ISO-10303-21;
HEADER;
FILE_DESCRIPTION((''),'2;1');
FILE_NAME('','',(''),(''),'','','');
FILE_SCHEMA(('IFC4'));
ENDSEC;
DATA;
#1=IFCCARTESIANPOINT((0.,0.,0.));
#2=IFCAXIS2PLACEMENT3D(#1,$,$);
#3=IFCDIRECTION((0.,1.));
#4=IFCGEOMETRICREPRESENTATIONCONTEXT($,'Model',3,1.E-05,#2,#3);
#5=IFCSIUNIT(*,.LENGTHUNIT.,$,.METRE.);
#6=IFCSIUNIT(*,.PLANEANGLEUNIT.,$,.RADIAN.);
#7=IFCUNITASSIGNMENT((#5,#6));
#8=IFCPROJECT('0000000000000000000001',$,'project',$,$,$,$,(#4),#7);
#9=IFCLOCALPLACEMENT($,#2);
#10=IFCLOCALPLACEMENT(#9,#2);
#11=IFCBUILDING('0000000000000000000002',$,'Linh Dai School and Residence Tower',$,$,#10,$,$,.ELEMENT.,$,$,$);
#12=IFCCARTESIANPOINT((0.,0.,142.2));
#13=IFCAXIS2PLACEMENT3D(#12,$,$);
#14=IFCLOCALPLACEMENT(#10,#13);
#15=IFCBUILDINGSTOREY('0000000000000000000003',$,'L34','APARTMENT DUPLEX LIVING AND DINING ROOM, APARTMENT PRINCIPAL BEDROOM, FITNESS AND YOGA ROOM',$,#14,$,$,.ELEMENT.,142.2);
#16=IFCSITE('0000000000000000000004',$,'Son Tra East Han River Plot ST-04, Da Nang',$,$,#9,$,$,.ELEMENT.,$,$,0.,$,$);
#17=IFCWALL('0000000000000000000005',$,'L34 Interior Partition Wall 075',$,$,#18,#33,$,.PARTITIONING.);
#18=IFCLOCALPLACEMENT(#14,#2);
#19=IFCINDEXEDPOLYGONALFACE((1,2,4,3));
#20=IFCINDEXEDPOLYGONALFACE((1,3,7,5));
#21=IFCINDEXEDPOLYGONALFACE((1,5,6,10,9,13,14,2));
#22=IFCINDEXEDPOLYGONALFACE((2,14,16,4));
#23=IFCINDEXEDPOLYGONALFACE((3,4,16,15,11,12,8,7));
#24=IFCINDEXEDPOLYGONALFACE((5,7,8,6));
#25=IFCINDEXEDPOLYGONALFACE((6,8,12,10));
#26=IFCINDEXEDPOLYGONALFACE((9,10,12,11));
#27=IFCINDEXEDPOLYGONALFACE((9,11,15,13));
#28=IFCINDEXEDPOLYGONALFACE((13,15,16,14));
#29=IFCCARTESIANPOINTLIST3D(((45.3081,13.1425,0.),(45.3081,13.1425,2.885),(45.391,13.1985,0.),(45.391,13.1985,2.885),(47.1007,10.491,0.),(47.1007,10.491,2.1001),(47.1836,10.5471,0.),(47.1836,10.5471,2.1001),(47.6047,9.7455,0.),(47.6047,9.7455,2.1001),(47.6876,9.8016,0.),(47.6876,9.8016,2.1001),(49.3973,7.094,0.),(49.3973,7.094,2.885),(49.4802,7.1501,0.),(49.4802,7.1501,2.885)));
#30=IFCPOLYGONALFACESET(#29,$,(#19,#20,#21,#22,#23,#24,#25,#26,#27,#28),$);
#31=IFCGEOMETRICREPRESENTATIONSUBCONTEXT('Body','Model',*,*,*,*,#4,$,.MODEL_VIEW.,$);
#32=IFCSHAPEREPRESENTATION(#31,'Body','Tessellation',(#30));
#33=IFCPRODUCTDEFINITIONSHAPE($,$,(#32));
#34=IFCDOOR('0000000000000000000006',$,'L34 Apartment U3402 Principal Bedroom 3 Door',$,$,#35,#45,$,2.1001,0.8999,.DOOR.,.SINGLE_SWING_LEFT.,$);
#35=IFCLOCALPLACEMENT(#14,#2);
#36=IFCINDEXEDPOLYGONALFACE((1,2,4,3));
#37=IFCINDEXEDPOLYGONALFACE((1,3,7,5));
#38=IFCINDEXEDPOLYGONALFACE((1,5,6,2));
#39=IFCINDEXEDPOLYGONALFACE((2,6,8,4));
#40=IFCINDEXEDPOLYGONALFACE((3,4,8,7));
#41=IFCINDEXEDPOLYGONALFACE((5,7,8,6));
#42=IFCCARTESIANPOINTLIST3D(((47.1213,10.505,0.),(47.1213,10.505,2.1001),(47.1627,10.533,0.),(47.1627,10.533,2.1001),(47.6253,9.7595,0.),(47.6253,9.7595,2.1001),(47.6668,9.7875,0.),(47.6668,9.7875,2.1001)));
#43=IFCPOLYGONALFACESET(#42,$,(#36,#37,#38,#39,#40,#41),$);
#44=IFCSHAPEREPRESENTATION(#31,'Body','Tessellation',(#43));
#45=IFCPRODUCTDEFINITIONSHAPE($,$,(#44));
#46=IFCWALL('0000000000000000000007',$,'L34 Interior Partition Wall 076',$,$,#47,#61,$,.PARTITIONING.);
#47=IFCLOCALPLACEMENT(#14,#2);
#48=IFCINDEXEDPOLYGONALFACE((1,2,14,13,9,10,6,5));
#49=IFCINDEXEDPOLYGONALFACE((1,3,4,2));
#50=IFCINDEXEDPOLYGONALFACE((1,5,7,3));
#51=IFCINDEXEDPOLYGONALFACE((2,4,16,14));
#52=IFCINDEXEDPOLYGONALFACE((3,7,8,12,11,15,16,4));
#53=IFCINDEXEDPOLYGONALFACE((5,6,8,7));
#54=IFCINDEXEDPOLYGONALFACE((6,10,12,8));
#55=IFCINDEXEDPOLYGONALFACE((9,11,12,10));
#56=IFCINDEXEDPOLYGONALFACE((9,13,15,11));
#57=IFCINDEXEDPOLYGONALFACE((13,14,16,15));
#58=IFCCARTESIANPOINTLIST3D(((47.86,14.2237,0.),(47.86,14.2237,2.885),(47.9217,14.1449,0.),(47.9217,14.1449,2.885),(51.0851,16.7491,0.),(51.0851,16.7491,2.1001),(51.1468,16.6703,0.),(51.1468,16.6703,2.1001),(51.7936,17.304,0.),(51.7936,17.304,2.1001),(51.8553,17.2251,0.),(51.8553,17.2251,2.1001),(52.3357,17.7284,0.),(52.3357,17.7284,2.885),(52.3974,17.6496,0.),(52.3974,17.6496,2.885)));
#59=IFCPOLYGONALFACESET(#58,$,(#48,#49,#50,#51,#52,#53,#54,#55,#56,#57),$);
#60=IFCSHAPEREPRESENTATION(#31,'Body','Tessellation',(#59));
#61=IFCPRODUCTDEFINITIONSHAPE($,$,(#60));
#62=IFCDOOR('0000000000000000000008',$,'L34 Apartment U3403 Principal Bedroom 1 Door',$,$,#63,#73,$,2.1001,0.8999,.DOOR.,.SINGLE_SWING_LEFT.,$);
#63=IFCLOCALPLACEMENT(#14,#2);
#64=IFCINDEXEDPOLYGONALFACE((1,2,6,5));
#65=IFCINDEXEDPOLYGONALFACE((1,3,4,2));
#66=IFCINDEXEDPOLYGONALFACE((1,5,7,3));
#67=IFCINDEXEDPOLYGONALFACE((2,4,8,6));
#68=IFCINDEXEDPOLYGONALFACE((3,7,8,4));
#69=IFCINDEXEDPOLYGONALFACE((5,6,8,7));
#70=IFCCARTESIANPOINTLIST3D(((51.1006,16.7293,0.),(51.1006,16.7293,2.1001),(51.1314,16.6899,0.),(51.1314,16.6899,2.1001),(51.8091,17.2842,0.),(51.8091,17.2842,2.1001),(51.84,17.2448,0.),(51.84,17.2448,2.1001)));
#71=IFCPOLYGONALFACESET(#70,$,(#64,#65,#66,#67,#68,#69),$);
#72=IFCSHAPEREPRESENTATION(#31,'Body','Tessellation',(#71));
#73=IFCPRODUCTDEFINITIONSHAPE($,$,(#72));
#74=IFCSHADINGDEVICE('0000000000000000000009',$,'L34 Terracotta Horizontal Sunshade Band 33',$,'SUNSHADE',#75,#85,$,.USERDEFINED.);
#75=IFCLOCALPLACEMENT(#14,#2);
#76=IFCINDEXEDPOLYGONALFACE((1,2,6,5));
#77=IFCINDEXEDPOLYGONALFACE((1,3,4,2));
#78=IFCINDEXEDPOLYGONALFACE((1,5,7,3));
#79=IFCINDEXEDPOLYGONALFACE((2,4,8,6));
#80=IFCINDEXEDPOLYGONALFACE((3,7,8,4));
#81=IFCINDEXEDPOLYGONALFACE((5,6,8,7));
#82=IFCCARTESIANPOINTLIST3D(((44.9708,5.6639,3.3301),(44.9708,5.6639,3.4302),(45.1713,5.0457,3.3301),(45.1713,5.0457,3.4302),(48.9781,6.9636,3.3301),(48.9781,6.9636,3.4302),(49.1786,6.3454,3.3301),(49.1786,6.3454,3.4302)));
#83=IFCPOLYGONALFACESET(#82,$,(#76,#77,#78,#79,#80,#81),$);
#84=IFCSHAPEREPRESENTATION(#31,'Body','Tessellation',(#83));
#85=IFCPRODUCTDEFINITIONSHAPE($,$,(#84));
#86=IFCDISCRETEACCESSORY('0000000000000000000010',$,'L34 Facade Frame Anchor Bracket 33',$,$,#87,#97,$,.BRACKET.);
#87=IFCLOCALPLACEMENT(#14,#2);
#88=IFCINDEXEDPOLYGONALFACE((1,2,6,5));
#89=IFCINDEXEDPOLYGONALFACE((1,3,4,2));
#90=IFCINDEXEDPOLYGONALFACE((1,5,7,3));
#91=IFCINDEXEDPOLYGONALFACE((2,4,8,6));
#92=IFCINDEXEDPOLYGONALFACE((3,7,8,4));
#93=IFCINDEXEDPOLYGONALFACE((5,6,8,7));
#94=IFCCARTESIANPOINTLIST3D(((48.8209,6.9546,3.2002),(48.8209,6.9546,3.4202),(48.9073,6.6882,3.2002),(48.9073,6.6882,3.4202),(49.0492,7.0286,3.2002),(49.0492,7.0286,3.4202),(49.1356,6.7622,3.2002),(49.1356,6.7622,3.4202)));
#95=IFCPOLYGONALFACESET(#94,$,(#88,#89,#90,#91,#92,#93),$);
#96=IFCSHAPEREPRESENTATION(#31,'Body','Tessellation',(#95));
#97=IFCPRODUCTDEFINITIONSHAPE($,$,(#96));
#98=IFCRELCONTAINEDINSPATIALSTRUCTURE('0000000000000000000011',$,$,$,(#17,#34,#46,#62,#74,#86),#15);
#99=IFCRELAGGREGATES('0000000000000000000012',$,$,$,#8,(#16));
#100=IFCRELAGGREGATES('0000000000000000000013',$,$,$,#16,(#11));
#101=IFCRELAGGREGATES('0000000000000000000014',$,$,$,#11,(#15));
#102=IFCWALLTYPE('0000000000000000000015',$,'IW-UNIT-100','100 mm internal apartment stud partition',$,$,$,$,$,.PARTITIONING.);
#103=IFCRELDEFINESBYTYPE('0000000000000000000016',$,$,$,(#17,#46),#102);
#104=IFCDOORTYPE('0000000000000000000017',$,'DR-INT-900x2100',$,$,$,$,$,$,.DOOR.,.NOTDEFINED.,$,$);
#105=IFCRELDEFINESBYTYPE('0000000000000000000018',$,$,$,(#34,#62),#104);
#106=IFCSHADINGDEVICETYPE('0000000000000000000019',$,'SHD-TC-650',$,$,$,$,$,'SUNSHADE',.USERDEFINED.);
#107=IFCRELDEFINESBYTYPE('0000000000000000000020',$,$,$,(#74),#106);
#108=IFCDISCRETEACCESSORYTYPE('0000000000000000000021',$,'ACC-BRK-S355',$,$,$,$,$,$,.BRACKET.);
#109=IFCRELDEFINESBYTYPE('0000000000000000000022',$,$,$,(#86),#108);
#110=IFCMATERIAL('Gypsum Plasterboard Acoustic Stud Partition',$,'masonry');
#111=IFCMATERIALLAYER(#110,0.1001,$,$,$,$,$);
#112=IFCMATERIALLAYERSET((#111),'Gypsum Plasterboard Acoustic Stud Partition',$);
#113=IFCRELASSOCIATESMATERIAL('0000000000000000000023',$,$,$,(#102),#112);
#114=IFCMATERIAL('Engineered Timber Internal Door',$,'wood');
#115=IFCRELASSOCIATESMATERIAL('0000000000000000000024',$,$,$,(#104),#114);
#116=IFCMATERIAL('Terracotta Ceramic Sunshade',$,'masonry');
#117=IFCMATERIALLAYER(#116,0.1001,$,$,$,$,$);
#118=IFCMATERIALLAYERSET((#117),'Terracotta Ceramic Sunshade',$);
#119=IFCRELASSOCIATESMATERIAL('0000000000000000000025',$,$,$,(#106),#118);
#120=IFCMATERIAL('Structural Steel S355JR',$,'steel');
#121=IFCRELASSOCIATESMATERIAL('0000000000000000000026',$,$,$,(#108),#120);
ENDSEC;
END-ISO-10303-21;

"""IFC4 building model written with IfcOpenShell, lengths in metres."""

from ifc_helpers import new_model, si_unit, direction, frame, frame_2d, origin, origin_2d, place, context, subcontext, project, spatial, rectangle, extrude, source, transform, mapped, material, layer, layer_set, type_object, element, fill, save


model = new_model("IFC4")

# Units and contexts
model_context = context("Model", 3, precision=1e-05, world=origin(), true_north=direction((0.0, 1.0)))
body_context = subcontext(model_context, "Body", "Model", "MODEL_VIEW")
ifc_project = project(units=[si_unit("LENGTHUNIT", "METRE"), si_unit("PLANEANGLEUNIT", "RADIAN")], contexts=[model_context])

# Site, building, storey
site_placement = place(None, origin())
site = spatial("IfcSite", under=ifc_project, at=site_placement, Name="Son Tra East Han River Plot ST-04, Da Nang", CompositionType="ELEMENT", RefElevation=0.0)
building_placement = place(site_placement, origin())
building = spatial("IfcBuilding", under=site, at=building_placement, Name="Linh Dai School and Residence Tower", CompositionType="ELEMENT")
storey_placement = place(building_placement, frame((0.0, 0.0, 142.2)))
storey = spatial("IfcBuildingStorey", under=building, at=storey_placement, Name="L34", Description="APARTMENT DUPLEX LIVING AND DINING ROOM, APARTMENT PRINCIPAL BEDROOM, FITNESS AND YOGA ROOM", CompositionType="ELEMENT", Elevation=142.2)

# Shared definitions
ifc_material_1 = material(Name="Structural Steel S355JR", Category="steel")

# Shared definitions
ifc_material_2 = material(Name="Gypsum Plasterboard Acoustic Stud Partition", Category="masonry")
ifc_layer_1 = layer(ifc_material_2, 0.1001)
ifc_layer_set_1 = layer_set([ifc_layer_1], Name="Gypsum Plasterboard Acoustic Stud Partition")
wall_type_1 = type_object("IfcWallType", Name="IW-UNIT-100", Description="100 mm internal apartment stud partition", PredefinedType="PARTITIONING", material=ifc_layer_set_1)

# Walls, openings, doors
wall_1_placement = place(storey_placement, frame((45.3496, 13.1704, 0.0), z_axis=(0.0, 0.0, 1.0), x_axis=(0.560083, -0.828437, 0.0)))
wall_1 = element("IfcWall", 1, at=wall_1_placement, inside=storey, type_object=wall_type_1, Name="L34 Interior Partition Wall 075", PredefinedType="PARTITIONING", context=body_context, shape_type="SweptSolid", body=[
    extrude(rectangle(XDim=7.301, YDim=0.1001, at=frame_2d((3.6504, 0.0))), origin(), (0.0, 0.0, 1.0), 2.885),
])
opening_1_placement = place(wall_1_placement, frame((3.2004, 0.0, 0.0)))
opening_1 = element("IfcOpeningElement", 2, at=opening_1_placement, cuts=wall_1, PredefinedType="OPENING", context=body_context, shape_type="SweptSolid", body=[
    extrude(rectangle(XDim=0.8999, YDim=2.1001, at=origin_2d()), frame((0.45, 0.0601, 1.05), z_axis=(0.0, -1.0, 0.0), x_axis=(1.0, 0.0, 0.0)), (0.0, 0.0, 1.0), 0.1201),
])
ifc_material_3 = material(Name="Engineered Timber Internal Door", Category="wood")
door_type_1 = type_object("IfcDoorType", Name="DR-INT-900x2100", OperationType="NOTDEFINED", PredefinedType="DOOR", material=ifc_material_3)
shared_shape_1 = source(origin(), body_context, "Body", "SweptSolid", [
    extrude(rectangle(XDim=0.8999, YDim=2.1001, at=origin_2d()), frame((0.45, 0.0249, 1.05), z_axis=(0.0, -1.0, 0.0), x_axis=(1.0, 0.0, 0.0)), (0.0, 0.0, 1.0), 0.05),
])
door_1_placement = place(opening_1_placement, origin())
door_1 = element("IfcDoor", 3, at=door_1_placement, inside=storey, type_object=door_type_1, Name="L34 Apartment U3402 Principal Bedroom 3 Door", OperationType="SINGLE_SWING_LEFT", OverallHeight=2.1001, OverallWidth=0.8999, PredefinedType="DOOR", context=body_context, shape_type="MappedRepresentation", body=[
    mapped(shared_shape_1, transform((0.0, 0.0, 0.0), x_axis=(1.0, 0.0, 0.0), y_axis=(0.0, 1.0, 0.0), z_axis=(0.0, 0.0, 1.0), scale=1.0)),
])
fill(opening_1, door_1)
wall_2_placement = place(storey_placement, frame((47.8909, 14.1843, 0.0), z_axis=(0.0, 0.0, 1.0), x_axis=(0.787334, 0.616527, 0.0)))
wall_2 = element("IfcWall", 4, at=wall_2_placement, inside=storey, type_object=wall_type_1, Name="L34 Interior Partition Wall 076", PredefinedType="PARTITIONING", context=body_context, shape_type="SweptSolid", body=[
    extrude(rectangle(XDim=5.6846, YDim=0.1001, at=frame_2d((2.8423, 0.0))), origin(), (0.0, 0.0, 1.0), 2.885),
])
opening_2_placement = place(wall_2_placement, frame((4.0962, 0.0, 0.0)))
opening_2 = element("IfcOpeningElement", 5, at=opening_2_placement, cuts=wall_2, PredefinedType="OPENING", context=body_context, shape_type="SweptSolid", body=[
    extrude(rectangle(XDim=0.8999, YDim=2.1001, at=origin_2d()), frame((0.45, 0.0601, 1.05), z_axis=(0.0, -1.0, 0.0), x_axis=(1.0, 0.0, 0.0)), (0.0, 0.0, 1.0), 0.1201),
])
door_2_placement = place(opening_2_placement, origin())
door_2 = element("IfcDoor", 6, at=door_2_placement, inside=storey, type_object=door_type_1, Name="L34 Apartment U3403 Principal Bedroom 1 Door", OperationType="SINGLE_SWING_LEFT", OverallHeight=2.1001, OverallWidth=0.8999, PredefinedType="DOOR", context=body_context, shape_type="MappedRepresentation", body=[
    mapped(shared_shape_1, transform((0.0, 0.0, 0.0), x_axis=(1.0, 0.0, 0.0), y_axis=(0.0, 1.0, 0.0), z_axis=(0.0, 0.0, 1.0), scale=1.0)),
])
fill(opening_2, door_2)

# Shading device
ifc_material_4 = material(Name="Terracotta Ceramic Sunshade", Category="masonry")
ifc_layer_2 = layer(ifc_material_4, 0.1001)
ifc_layer_set_2 = layer_set([ifc_layer_2], Name="Terracotta Ceramic Sunshade")
shading_device_type = type_object("IfcShadingDeviceType", Name="SHD-TC-650", ElementType="SUNSHADE", PredefinedType="USERDEFINED", material=ifc_layer_set_2)
shared_shape_2 = source(origin(), body_context, "Body", "SweptSolid", [
    extrude(rectangle(XDim=4.2129, YDim=0.6499, at=origin_2d()), origin(), (0.0, 0.0, 1.0), 0.1001),
])
shading_device_placement = place(storey_placement, frame((47.0747, 6.0046, 3.3301), z_axis=(0.0, 0.0, 1.0), x_axis=(-0.951217, -0.308522, 0.0)))
element("IfcShadingDevice", 7, at=shading_device_placement, inside=storey, type_object=shading_device_type, Name="L34 Terracotta Horizontal Sunshade Band 33", ObjectType="SUNSHADE", PredefinedType="USERDEFINED", context=body_context, shape_type="MappedRepresentation", body=[
    mapped(shared_shape_2, transform((0.0, 0.0, 0.0), x_axis=(1.0, 0.0, 0.0), y_axis=(0.0, 1.0, 0.0), z_axis=(0.0, 0.0, 1.0), scale=1.0)),
])

# Discrete accessory
discrete_accessory_type = type_object("IfcDiscreteAccessoryType", Name="ACC-BRK-S355", PredefinedType="BRACKET", material=ifc_material_1)
shared_shape_3 = source(origin(), body_context, "Body", "SweptSolid", [
    extrude(rectangle(XDim=0.28, YDim=0.24, at=origin_2d()), origin(), (0.0, 0.0, 1.0), 0.22),
])
discrete_accessory_placement = place(storey_placement, frame((48.9783, 6.8584, 3.2002), z_axis=(0.0, 0.0, 1.0), x_axis=(0.308522, -0.951217, 0.0)))
element("IfcDiscreteAccessory", 8, at=discrete_accessory_placement, inside=storey, type_object=discrete_accessory_type, Name="L34 Facade Frame Anchor Bracket 33", PredefinedType="BRACKET", context=body_context, shape_type="MappedRepresentation", body=[
    mapped(shared_shape_3, transform((0.0, 0.0, 0.0), x_axis=(1.0, 0.0, 0.0), y_axis=(0.0, 1.0, 0.0), z_axis=(0.0, 0.0, 1.0), scale=1.0)),
])

save(model, "model.ifc")
